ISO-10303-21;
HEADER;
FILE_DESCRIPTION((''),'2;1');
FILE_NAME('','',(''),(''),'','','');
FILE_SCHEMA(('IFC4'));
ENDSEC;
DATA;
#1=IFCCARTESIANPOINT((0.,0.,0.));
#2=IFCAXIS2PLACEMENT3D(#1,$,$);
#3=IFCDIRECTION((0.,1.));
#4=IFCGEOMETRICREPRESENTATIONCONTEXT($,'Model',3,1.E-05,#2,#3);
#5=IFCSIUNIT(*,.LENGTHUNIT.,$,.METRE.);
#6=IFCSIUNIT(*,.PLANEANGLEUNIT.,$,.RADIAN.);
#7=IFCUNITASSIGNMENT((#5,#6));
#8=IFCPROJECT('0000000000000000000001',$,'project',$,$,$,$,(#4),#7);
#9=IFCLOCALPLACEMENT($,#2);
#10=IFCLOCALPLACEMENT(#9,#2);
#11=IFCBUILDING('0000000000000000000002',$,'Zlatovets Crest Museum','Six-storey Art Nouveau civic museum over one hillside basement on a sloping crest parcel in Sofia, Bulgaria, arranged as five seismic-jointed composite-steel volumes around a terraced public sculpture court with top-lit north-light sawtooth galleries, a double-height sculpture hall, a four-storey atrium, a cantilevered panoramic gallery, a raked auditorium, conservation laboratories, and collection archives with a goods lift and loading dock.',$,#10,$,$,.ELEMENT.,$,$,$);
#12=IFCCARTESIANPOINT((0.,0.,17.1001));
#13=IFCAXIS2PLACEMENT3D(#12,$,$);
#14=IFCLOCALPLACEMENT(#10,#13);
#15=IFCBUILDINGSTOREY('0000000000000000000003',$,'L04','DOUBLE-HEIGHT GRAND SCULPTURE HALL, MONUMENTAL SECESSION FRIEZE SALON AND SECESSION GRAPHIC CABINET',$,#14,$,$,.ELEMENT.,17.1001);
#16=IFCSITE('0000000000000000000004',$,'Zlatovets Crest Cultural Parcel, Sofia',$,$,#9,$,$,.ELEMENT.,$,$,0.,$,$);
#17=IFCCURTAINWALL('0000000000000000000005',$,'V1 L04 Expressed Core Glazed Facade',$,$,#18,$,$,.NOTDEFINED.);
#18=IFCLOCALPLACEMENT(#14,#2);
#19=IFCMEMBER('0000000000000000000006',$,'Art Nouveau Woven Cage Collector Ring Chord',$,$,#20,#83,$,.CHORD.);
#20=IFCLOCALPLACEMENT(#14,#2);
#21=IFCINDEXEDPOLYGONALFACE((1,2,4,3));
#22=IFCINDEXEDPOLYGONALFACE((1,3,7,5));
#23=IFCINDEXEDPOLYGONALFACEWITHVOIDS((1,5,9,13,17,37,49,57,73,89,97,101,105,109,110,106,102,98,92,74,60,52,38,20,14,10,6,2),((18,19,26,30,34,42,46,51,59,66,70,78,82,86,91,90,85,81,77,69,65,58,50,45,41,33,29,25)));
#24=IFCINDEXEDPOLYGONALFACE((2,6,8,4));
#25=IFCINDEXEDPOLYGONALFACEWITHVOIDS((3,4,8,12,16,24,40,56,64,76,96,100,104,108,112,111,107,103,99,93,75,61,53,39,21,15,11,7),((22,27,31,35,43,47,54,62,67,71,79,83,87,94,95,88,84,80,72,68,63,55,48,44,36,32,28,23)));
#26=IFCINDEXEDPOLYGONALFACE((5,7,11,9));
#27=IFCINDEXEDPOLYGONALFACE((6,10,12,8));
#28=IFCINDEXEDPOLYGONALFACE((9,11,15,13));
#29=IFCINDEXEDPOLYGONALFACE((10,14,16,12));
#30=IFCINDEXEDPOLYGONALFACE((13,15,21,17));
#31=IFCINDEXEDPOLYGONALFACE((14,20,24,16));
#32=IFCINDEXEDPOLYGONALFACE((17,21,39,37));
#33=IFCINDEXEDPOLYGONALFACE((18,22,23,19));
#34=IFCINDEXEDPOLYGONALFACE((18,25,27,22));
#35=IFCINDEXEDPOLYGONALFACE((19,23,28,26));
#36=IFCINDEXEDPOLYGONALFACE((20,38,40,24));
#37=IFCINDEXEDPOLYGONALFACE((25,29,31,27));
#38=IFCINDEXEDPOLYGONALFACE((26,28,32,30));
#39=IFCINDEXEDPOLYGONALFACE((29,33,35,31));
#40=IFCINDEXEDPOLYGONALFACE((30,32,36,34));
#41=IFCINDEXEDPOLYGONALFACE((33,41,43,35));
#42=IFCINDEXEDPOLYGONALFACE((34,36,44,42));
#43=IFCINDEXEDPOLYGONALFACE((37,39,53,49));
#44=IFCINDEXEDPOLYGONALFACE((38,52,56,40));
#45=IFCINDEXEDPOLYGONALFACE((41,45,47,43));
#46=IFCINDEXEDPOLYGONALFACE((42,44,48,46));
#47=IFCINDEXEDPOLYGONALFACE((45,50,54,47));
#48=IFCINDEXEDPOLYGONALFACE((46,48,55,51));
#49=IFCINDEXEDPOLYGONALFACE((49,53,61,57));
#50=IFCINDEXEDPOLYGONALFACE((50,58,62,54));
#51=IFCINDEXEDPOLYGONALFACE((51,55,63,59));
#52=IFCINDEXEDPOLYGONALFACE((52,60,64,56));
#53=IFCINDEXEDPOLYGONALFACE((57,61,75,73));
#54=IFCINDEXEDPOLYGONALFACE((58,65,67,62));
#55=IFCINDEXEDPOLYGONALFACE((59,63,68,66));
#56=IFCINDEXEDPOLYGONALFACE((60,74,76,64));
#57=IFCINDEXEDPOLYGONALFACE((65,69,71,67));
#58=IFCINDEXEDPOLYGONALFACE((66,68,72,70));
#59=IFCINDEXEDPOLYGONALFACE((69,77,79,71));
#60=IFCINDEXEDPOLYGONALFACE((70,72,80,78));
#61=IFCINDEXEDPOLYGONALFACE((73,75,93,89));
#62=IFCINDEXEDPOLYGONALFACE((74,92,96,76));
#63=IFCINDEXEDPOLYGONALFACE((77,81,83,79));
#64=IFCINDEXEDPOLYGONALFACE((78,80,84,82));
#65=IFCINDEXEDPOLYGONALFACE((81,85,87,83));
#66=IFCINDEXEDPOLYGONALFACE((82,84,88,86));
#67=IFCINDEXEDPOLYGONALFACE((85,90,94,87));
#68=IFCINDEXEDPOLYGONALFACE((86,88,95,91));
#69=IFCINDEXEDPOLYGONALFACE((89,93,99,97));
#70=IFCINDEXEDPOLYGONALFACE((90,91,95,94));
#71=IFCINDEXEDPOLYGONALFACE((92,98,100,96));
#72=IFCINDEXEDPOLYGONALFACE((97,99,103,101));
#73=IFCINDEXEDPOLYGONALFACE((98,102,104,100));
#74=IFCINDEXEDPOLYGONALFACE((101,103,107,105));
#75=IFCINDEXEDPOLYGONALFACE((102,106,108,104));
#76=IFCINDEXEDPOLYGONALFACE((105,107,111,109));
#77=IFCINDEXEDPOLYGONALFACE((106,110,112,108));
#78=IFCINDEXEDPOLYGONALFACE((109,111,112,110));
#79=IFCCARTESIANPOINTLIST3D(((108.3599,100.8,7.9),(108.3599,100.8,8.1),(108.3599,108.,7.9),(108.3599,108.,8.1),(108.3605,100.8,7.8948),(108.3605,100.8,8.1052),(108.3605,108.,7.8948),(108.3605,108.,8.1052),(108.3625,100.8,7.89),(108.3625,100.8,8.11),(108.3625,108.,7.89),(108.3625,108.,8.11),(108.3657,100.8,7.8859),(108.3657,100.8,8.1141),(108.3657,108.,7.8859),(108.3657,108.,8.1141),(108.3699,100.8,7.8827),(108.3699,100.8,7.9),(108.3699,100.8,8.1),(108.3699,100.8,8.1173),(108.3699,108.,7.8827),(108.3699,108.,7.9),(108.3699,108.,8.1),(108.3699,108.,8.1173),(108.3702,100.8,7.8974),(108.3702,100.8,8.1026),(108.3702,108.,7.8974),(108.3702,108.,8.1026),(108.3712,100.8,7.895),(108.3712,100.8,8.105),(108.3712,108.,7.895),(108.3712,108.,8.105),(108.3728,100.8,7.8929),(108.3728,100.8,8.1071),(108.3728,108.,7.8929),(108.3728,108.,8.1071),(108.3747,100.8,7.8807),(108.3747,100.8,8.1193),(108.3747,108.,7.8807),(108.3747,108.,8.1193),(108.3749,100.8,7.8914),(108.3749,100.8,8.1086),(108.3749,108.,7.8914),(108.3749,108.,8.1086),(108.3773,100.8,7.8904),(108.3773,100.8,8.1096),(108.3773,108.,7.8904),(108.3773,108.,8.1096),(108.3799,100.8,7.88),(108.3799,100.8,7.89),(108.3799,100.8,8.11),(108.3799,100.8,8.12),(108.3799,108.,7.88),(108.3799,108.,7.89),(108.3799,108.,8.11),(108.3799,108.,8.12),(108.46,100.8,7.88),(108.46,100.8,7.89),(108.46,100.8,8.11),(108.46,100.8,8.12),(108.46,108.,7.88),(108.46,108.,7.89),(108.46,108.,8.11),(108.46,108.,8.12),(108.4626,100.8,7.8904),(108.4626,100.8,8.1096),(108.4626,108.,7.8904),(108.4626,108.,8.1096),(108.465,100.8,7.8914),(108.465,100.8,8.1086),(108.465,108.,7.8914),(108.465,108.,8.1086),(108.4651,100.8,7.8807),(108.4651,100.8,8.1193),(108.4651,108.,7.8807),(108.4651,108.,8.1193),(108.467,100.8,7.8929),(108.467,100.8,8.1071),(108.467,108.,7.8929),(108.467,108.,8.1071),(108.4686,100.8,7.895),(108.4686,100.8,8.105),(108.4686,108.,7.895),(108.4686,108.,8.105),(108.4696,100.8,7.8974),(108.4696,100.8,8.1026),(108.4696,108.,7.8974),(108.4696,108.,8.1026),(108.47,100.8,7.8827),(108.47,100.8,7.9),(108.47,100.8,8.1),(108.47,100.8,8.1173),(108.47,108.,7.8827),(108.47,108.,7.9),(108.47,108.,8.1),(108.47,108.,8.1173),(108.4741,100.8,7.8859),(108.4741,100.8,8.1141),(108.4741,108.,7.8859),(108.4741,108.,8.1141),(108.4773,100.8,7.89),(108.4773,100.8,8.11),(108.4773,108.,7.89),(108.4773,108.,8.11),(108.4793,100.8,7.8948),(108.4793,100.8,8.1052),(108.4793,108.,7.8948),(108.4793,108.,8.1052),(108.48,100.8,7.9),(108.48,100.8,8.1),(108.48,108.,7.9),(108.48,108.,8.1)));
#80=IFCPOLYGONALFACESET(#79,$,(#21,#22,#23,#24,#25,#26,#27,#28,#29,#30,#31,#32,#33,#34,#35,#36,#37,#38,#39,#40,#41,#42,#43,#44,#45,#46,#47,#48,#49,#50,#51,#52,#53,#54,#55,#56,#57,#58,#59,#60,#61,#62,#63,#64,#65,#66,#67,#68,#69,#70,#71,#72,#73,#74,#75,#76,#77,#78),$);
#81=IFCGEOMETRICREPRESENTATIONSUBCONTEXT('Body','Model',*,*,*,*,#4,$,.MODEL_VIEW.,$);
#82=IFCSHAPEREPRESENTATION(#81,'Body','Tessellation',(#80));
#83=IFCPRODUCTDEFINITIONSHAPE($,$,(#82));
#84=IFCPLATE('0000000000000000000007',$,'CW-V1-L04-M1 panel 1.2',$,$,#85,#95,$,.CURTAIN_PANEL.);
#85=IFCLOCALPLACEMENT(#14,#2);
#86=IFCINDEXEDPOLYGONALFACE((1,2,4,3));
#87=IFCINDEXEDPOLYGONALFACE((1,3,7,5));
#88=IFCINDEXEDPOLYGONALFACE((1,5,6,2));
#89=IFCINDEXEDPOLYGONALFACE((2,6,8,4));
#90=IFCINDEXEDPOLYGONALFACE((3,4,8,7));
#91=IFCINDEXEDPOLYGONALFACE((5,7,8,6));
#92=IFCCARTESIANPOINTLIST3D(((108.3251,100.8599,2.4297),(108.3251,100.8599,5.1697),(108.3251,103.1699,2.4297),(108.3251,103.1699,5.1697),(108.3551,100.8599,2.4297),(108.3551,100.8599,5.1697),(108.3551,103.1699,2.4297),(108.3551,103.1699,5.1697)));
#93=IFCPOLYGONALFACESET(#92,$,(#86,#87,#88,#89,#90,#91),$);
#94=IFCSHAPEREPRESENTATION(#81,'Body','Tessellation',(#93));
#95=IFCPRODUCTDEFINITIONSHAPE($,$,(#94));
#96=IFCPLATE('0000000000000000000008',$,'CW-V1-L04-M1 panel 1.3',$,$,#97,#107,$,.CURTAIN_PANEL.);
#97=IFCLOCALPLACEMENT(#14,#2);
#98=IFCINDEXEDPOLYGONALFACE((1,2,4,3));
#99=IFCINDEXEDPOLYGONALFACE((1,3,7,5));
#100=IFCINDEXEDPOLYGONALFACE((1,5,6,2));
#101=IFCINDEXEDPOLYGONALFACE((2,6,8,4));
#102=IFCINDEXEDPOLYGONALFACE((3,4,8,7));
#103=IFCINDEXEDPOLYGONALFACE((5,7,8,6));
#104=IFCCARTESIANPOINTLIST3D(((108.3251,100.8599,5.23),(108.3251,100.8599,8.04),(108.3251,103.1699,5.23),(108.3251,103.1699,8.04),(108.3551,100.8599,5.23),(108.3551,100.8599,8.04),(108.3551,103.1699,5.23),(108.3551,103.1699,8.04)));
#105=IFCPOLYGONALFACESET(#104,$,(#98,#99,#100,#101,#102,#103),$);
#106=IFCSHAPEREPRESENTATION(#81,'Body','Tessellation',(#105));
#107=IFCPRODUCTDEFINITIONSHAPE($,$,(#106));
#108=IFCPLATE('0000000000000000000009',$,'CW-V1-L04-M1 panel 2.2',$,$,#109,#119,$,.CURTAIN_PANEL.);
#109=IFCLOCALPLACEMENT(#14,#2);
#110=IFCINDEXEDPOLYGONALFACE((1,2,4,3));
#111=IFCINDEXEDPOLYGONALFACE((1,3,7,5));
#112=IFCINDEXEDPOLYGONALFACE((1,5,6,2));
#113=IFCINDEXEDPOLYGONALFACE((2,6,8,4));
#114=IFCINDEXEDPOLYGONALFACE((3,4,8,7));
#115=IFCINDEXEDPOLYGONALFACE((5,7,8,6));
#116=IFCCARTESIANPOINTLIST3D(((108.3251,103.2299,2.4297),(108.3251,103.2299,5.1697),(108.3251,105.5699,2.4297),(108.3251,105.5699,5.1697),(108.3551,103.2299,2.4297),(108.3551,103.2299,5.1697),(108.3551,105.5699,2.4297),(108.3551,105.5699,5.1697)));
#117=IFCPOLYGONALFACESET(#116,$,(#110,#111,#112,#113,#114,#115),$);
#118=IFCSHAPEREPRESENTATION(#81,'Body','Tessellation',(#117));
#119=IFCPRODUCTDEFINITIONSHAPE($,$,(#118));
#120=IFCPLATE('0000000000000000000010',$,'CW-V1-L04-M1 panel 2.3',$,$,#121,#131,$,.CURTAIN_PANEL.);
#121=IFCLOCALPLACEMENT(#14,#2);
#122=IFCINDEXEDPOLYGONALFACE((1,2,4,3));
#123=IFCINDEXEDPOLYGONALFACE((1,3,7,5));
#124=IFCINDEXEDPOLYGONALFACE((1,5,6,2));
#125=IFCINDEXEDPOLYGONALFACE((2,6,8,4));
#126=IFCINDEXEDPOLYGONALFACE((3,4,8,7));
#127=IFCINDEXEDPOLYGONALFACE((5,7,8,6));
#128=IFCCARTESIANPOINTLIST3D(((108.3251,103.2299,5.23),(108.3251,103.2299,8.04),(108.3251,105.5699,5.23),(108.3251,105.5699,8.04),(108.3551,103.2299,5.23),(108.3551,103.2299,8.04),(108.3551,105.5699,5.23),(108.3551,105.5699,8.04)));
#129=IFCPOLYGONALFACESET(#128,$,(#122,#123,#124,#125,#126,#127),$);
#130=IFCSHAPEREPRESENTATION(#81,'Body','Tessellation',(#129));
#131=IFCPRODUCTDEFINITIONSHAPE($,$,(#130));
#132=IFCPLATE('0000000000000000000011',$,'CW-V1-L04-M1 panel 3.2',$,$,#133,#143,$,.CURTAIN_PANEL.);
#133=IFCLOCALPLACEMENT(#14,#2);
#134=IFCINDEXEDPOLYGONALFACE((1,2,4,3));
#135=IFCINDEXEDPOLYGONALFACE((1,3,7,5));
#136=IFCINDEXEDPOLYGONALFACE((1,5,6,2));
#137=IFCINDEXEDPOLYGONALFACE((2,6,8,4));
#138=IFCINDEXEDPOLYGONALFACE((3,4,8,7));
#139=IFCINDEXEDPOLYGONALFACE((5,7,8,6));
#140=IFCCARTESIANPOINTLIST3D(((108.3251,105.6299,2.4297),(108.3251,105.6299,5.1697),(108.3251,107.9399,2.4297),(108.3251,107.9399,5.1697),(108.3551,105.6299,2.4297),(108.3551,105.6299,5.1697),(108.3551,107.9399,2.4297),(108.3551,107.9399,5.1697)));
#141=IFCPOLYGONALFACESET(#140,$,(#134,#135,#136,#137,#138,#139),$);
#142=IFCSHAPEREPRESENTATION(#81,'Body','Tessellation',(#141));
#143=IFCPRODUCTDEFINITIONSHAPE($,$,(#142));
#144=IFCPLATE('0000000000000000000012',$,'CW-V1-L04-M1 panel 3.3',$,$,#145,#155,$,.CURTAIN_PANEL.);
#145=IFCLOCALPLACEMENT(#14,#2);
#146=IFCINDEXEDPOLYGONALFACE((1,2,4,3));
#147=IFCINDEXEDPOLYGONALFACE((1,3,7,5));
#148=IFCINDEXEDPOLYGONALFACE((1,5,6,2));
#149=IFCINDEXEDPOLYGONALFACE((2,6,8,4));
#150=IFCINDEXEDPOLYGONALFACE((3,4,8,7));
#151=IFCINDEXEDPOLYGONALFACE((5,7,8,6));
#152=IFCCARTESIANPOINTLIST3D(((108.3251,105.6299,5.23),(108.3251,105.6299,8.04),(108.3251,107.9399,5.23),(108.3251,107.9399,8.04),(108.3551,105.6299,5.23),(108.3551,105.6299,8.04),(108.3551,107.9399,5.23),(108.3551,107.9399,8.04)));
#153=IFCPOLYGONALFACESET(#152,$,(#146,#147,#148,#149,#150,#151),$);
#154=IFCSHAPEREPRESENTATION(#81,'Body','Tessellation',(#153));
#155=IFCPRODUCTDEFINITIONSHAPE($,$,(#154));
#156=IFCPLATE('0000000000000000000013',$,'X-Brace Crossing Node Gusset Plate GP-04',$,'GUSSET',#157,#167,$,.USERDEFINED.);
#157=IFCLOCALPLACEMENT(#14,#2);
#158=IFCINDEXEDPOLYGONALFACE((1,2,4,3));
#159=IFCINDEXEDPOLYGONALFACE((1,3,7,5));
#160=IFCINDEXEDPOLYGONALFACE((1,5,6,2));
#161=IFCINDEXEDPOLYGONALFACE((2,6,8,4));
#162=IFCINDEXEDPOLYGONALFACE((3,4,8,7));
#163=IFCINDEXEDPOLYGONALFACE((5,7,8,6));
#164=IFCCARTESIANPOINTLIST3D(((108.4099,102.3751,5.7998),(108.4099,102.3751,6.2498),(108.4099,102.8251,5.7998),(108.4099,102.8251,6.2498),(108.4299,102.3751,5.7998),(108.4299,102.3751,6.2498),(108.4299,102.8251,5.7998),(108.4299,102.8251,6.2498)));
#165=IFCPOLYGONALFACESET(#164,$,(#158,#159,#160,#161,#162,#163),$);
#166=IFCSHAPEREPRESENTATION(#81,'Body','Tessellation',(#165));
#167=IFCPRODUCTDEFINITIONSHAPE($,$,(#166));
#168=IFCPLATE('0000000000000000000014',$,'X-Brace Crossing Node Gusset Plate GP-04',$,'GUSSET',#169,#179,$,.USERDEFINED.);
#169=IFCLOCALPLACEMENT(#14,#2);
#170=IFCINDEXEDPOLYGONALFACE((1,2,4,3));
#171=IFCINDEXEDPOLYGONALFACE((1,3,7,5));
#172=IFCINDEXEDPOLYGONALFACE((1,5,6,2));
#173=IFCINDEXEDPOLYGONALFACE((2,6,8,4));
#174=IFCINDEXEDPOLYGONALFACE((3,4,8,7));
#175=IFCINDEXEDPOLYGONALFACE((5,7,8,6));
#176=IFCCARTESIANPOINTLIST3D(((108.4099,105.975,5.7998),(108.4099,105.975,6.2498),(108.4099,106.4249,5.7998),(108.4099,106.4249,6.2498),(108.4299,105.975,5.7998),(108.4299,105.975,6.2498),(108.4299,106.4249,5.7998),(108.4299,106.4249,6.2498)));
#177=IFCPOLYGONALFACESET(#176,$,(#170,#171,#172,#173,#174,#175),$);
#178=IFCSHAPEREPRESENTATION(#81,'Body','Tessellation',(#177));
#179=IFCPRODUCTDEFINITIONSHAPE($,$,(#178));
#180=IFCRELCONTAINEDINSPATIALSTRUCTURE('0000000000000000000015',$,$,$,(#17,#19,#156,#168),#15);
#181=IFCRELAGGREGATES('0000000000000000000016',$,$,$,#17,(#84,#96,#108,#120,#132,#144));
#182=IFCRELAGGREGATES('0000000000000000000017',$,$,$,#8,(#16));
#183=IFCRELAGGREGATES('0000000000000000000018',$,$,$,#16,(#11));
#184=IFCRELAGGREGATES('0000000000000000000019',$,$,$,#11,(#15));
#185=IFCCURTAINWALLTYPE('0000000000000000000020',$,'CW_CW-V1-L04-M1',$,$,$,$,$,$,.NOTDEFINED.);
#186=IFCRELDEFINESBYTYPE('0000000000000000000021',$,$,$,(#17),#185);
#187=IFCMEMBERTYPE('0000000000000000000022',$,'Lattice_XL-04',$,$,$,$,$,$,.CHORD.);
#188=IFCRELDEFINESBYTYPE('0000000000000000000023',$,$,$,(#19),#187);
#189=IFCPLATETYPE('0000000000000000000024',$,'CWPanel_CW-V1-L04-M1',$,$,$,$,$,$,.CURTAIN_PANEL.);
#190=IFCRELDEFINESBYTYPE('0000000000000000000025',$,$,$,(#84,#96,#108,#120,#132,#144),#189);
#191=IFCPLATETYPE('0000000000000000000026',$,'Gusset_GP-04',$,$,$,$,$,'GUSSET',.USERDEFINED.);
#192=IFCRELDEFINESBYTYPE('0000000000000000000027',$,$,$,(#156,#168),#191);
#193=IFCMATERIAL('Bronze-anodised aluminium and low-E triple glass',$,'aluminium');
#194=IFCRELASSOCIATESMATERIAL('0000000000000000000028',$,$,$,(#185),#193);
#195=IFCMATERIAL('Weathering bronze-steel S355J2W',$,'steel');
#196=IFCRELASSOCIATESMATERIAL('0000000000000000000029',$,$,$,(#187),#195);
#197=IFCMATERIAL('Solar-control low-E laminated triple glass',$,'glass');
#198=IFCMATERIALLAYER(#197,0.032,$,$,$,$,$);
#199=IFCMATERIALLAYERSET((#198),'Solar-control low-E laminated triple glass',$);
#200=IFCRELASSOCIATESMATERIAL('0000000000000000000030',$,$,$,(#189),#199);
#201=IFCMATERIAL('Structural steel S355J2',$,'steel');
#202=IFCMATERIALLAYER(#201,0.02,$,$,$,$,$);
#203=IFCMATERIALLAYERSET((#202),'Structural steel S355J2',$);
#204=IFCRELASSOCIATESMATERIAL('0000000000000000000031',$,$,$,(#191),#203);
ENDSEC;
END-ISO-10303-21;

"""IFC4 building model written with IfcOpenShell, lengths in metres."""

from ifc_helpers import new_model, si_unit, direction, frame, origin, origin_2d, place, context, subcontext, project, spatial, rectangle, hollow_rectangle, extrude, material, layer, layer_set, material_profile, profile_set, type_object, element, aggregate, save


model = new_model("IFC4")

# Units and contexts
model_context = context("Model", 3, precision=1e-05, world=origin(), true_north=direction((0.0, 1.0)))
body_context = subcontext(model_context, "Body", "Model", "MODEL_VIEW")
ifc_project = project(units=[si_unit("LENGTHUNIT", "METRE"), si_unit("PLANEANGLEUNIT", "RADIAN")], contexts=[model_context])

# Site, building, storey
site_placement = place(None, origin())
site = spatial("IfcSite", under=ifc_project, at=site_placement, Name="Zlatovets Crest Cultural Parcel, Sofia", CompositionType="ELEMENT", RefElevation=0.0)
building_placement = place(site_placement, origin())
building = spatial("IfcBuilding", under=site, at=building_placement, Name="Zlatovets Crest Museum", Description="Six-storey Art Nouveau civic museum over one hillside basement on a sloping crest parcel in Sofia, Bulgaria, arranged as five seismic-jointed composite-steel volumes around a terraced public sculpture court with top-lit north-light sawtooth galleries, a double-height sculpture hall, a four-storey atrium, a cantilevered panoramic gallery, a raked auditorium, conservation laboratories, and collection archives with a goods lift and loading dock.", CompositionType="ELEMENT")
storey_placement = place(building_placement, frame((0.0, 0.0, 17.1001)))
storey = spatial("IfcBuildingStorey", under=building, at=storey_placement, Name="L04", Description="DOUBLE-HEIGHT GRAND SCULPTURE HALL, MONUMENTAL SECESSION FRIEZE SALON AND SECESSION GRAPHIC CABINET", CompositionType="ELEMENT", Elevation=17.1001)

# Shared definitions
ifc_material_1 = material(Name="Structural steel S355J2", Category="steel")

# Curtain wall
ifc_material_2 = material(Name="Bronze-anodised aluminium and low-E triple glass", Category="aluminium")
curtain_wall_type = type_object("IfcCurtainWallType", Name="CW_CW-V1-L04-M1", PredefinedType="NOTDEFINED", material=ifc_material_2)
curtain_wall_placement = place(storey_placement, origin())
curtain_wall = element("IfcCurtainWall", 1, at=curtain_wall_placement, inside=storey, type_object=curtain_wall_type, Name="V1 L04 Expressed Core Glazed Facade", PredefinedType="NOTDEFINED")

# Member
ifc_material_3 = material(Name="Weathering bronze-steel S355J2W", Category="steel")
ifc_material_profile_1 = material_profile(ifc_material_3, hollow_rectangle(XDim=0.1201, YDim=0.24, WallThickness=0.01, InnerFilletRadius=0.01, OuterFilletRadius=0.02, at=origin_2d()), Name="RHS 120x240x10.0")
ifc_profile_set_1 = profile_set([ifc_material_profile_1], Name="Weathering bronze-steel S355J2W")
member_type_1 = type_object("IfcMemberType", Name="Lattice_XL-04", PredefinedType="CHORD", material=ifc_profile_set_1)
member_1_placement = place(storey_placement, frame((108.4199, 100.8, 8.0), z_axis=(0.0, 1.0, 0.0), x_axis=(-1.0, 0.0, 0.0)))
element("IfcMember", 2, at=member_1_placement, inside=storey, type_object=member_type_1, Name="Art Nouveau Woven Cage Collector Ring Chord", PredefinedType="CHORD", context=body_context, shape_type="SweptSolid", body=[
    extrude(hollow_rectangle(XDim=0.1201, YDim=0.24, WallThickness=0.01, InnerFilletRadius=0.01, OuterFilletRadius=0.02, at=origin_2d()), origin(), (0.0, 0.0, 1.0), 7.2),
])

# Plates
ifc_material_4 = material(Name="Solar-control low-E laminated triple glass", Category="glass")
ifc_layer_1 = layer(ifc_material_4, 0.032)
ifc_layer_set_1 = layer_set([ifc_layer_1], Name="Solar-control low-E laminated triple glass")
plate_type_1 = type_object("IfcPlateType", Name="CWPanel_CW-V1-L04-M1", PredefinedType="CURTAIN_PANEL", material=ifc_layer_set_1)
plate_1_placement = place(storey_placement, frame((108.3401, 102.0149, 2.4297), z_axis=(0.0, 0.0, 1.0), x_axis=(0.0, 1.0, 0.0)))
plate_1 = element("IfcPlate", 3, at=plate_1_placement, type_object=plate_type_1, Name="CW-V1-L04-M1 panel 1.2", PredefinedType="CURTAIN_PANEL", context=body_context, shape_type="SweptSolid", body=[
    extrude(rectangle(XDim=2.3101, YDim=0.03, at=origin_2d()), origin(), (0.0, 0.0, 1.0), 2.74),
])
plate_2_placement = place(storey_placement, frame((108.3401, 102.0149, 5.23), z_axis=(0.0, 0.0, 1.0), x_axis=(0.0, 1.0, 0.0)))
plate_2 = element("IfcPlate", 4, at=plate_2_placement, type_object=plate_type_1, Name="CW-V1-L04-M1 panel 1.3", PredefinedType="CURTAIN_PANEL", context=body_context, shape_type="SweptSolid", body=[
    extrude(rectangle(XDim=2.3101, YDim=0.03, at=origin_2d()), origin(), (0.0, 0.0, 1.0), 2.8101),
])
plate_3_placement = place(storey_placement, frame((108.3401, 104.3999, 2.4297), z_axis=(0.0, 0.0, 1.0), x_axis=(0.0, 1.0, 0.0)))
plate_3 = element("IfcPlate", 5, at=plate_3_placement, type_object=plate_type_1, Name="CW-V1-L04-M1 panel 2.2", PredefinedType="CURTAIN_PANEL", context=body_context, shape_type="SweptSolid", body=[
    extrude(rectangle(XDim=2.3401, YDim=0.03, at=origin_2d()), origin(), (0.0, 0.0, 1.0), 2.74),
])
plate_4_placement = place(storey_placement, frame((108.3401, 104.3999, 5.23), z_axis=(0.0, 0.0, 1.0), x_axis=(0.0, 1.0, 0.0)))
plate_4 = element("IfcPlate", 6, at=plate_4_placement, type_object=plate_type_1, Name="CW-V1-L04-M1 panel 2.3", PredefinedType="CURTAIN_PANEL", context=body_context, shape_type="SweptSolid", body=[
    extrude(rectangle(XDim=2.3401, YDim=0.03, at=origin_2d()), origin(), (0.0, 0.0, 1.0), 2.8101),
])
plate_5_placement = place(storey_placement, frame((108.3401, 106.7849, 2.4297), z_axis=(0.0, 0.0, 1.0), x_axis=(0.0, 1.0, 0.0)))
plate_5 = element("IfcPlate", 7, at=plate_5_placement, type_object=plate_type_1, Name="CW-V1-L04-M1 panel 3.2", PredefinedType="CURTAIN_PANEL", context=body_context, shape_type="SweptSolid", body=[
    extrude(rectangle(XDim=2.3101, YDim=0.03, at=origin_2d()), origin(), (0.0, 0.0, 1.0), 2.74),
])
plate_6_placement = place(storey_placement, frame((108.3401, 106.7849, 5.23), z_axis=(0.0, 0.0, 1.0), x_axis=(0.0, 1.0, 0.0)))
plate_6 = element("IfcPlate", 8, at=plate_6_placement, type_object=plate_type_1, Name="CW-V1-L04-M1 panel 3.3", PredefinedType="CURTAIN_PANEL", context=body_context, shape_type="SweptSolid", body=[
    extrude(rectangle(XDim=2.3101, YDim=0.03, at=origin_2d()), origin(), (0.0, 0.0, 1.0), 2.8101),
])
aggregate(curtain_wall, [plate_1, plate_2, plate_3, plate_4, plate_5, plate_6])

# Plates
ifc_layer_2 = layer(ifc_material_1, 0.02)
ifc_layer_set_2 = layer_set([ifc_layer_2], Name="Structural steel S355J2")
plate_type_2 = type_object("IfcPlateType", Name="Gusset_GP-04", ElementType="GUSSET", PredefinedType="USERDEFINED", material=ifc_layer_set_2)
for number, where, z_axis, x_axis, name in (
    (9, (108.4199, 102.6001, 5.7998), (0.0, 0.0, 1.0), (1.0, 0.0, 0.0), "X-Brace Crossing Node Gusset Plate GP-04"),
    (10, (108.4199, 106.2, 5.7998), (0.0, 0.0, 1.0), (1.0, 0.0, 0.0), "X-Brace Crossing Node Gusset Plate GP-04"),
):
    element("IfcPlate", number, at=place(storey_placement, frame(where, z_axis=z_axis, x_axis=x_axis)), inside=storey, type_object=plate_type_2, Name=name, ObjectType="GUSSET", PredefinedType="USERDEFINED", context=body_context, shape_type="SweptSolid", body=[
        extrude(rectangle(XDim=0.02, YDim=0.45, at=origin_2d()), origin(), (0.0, 0.0, 1.0), 0.45),
    ])

save(model, "model.ifc")
